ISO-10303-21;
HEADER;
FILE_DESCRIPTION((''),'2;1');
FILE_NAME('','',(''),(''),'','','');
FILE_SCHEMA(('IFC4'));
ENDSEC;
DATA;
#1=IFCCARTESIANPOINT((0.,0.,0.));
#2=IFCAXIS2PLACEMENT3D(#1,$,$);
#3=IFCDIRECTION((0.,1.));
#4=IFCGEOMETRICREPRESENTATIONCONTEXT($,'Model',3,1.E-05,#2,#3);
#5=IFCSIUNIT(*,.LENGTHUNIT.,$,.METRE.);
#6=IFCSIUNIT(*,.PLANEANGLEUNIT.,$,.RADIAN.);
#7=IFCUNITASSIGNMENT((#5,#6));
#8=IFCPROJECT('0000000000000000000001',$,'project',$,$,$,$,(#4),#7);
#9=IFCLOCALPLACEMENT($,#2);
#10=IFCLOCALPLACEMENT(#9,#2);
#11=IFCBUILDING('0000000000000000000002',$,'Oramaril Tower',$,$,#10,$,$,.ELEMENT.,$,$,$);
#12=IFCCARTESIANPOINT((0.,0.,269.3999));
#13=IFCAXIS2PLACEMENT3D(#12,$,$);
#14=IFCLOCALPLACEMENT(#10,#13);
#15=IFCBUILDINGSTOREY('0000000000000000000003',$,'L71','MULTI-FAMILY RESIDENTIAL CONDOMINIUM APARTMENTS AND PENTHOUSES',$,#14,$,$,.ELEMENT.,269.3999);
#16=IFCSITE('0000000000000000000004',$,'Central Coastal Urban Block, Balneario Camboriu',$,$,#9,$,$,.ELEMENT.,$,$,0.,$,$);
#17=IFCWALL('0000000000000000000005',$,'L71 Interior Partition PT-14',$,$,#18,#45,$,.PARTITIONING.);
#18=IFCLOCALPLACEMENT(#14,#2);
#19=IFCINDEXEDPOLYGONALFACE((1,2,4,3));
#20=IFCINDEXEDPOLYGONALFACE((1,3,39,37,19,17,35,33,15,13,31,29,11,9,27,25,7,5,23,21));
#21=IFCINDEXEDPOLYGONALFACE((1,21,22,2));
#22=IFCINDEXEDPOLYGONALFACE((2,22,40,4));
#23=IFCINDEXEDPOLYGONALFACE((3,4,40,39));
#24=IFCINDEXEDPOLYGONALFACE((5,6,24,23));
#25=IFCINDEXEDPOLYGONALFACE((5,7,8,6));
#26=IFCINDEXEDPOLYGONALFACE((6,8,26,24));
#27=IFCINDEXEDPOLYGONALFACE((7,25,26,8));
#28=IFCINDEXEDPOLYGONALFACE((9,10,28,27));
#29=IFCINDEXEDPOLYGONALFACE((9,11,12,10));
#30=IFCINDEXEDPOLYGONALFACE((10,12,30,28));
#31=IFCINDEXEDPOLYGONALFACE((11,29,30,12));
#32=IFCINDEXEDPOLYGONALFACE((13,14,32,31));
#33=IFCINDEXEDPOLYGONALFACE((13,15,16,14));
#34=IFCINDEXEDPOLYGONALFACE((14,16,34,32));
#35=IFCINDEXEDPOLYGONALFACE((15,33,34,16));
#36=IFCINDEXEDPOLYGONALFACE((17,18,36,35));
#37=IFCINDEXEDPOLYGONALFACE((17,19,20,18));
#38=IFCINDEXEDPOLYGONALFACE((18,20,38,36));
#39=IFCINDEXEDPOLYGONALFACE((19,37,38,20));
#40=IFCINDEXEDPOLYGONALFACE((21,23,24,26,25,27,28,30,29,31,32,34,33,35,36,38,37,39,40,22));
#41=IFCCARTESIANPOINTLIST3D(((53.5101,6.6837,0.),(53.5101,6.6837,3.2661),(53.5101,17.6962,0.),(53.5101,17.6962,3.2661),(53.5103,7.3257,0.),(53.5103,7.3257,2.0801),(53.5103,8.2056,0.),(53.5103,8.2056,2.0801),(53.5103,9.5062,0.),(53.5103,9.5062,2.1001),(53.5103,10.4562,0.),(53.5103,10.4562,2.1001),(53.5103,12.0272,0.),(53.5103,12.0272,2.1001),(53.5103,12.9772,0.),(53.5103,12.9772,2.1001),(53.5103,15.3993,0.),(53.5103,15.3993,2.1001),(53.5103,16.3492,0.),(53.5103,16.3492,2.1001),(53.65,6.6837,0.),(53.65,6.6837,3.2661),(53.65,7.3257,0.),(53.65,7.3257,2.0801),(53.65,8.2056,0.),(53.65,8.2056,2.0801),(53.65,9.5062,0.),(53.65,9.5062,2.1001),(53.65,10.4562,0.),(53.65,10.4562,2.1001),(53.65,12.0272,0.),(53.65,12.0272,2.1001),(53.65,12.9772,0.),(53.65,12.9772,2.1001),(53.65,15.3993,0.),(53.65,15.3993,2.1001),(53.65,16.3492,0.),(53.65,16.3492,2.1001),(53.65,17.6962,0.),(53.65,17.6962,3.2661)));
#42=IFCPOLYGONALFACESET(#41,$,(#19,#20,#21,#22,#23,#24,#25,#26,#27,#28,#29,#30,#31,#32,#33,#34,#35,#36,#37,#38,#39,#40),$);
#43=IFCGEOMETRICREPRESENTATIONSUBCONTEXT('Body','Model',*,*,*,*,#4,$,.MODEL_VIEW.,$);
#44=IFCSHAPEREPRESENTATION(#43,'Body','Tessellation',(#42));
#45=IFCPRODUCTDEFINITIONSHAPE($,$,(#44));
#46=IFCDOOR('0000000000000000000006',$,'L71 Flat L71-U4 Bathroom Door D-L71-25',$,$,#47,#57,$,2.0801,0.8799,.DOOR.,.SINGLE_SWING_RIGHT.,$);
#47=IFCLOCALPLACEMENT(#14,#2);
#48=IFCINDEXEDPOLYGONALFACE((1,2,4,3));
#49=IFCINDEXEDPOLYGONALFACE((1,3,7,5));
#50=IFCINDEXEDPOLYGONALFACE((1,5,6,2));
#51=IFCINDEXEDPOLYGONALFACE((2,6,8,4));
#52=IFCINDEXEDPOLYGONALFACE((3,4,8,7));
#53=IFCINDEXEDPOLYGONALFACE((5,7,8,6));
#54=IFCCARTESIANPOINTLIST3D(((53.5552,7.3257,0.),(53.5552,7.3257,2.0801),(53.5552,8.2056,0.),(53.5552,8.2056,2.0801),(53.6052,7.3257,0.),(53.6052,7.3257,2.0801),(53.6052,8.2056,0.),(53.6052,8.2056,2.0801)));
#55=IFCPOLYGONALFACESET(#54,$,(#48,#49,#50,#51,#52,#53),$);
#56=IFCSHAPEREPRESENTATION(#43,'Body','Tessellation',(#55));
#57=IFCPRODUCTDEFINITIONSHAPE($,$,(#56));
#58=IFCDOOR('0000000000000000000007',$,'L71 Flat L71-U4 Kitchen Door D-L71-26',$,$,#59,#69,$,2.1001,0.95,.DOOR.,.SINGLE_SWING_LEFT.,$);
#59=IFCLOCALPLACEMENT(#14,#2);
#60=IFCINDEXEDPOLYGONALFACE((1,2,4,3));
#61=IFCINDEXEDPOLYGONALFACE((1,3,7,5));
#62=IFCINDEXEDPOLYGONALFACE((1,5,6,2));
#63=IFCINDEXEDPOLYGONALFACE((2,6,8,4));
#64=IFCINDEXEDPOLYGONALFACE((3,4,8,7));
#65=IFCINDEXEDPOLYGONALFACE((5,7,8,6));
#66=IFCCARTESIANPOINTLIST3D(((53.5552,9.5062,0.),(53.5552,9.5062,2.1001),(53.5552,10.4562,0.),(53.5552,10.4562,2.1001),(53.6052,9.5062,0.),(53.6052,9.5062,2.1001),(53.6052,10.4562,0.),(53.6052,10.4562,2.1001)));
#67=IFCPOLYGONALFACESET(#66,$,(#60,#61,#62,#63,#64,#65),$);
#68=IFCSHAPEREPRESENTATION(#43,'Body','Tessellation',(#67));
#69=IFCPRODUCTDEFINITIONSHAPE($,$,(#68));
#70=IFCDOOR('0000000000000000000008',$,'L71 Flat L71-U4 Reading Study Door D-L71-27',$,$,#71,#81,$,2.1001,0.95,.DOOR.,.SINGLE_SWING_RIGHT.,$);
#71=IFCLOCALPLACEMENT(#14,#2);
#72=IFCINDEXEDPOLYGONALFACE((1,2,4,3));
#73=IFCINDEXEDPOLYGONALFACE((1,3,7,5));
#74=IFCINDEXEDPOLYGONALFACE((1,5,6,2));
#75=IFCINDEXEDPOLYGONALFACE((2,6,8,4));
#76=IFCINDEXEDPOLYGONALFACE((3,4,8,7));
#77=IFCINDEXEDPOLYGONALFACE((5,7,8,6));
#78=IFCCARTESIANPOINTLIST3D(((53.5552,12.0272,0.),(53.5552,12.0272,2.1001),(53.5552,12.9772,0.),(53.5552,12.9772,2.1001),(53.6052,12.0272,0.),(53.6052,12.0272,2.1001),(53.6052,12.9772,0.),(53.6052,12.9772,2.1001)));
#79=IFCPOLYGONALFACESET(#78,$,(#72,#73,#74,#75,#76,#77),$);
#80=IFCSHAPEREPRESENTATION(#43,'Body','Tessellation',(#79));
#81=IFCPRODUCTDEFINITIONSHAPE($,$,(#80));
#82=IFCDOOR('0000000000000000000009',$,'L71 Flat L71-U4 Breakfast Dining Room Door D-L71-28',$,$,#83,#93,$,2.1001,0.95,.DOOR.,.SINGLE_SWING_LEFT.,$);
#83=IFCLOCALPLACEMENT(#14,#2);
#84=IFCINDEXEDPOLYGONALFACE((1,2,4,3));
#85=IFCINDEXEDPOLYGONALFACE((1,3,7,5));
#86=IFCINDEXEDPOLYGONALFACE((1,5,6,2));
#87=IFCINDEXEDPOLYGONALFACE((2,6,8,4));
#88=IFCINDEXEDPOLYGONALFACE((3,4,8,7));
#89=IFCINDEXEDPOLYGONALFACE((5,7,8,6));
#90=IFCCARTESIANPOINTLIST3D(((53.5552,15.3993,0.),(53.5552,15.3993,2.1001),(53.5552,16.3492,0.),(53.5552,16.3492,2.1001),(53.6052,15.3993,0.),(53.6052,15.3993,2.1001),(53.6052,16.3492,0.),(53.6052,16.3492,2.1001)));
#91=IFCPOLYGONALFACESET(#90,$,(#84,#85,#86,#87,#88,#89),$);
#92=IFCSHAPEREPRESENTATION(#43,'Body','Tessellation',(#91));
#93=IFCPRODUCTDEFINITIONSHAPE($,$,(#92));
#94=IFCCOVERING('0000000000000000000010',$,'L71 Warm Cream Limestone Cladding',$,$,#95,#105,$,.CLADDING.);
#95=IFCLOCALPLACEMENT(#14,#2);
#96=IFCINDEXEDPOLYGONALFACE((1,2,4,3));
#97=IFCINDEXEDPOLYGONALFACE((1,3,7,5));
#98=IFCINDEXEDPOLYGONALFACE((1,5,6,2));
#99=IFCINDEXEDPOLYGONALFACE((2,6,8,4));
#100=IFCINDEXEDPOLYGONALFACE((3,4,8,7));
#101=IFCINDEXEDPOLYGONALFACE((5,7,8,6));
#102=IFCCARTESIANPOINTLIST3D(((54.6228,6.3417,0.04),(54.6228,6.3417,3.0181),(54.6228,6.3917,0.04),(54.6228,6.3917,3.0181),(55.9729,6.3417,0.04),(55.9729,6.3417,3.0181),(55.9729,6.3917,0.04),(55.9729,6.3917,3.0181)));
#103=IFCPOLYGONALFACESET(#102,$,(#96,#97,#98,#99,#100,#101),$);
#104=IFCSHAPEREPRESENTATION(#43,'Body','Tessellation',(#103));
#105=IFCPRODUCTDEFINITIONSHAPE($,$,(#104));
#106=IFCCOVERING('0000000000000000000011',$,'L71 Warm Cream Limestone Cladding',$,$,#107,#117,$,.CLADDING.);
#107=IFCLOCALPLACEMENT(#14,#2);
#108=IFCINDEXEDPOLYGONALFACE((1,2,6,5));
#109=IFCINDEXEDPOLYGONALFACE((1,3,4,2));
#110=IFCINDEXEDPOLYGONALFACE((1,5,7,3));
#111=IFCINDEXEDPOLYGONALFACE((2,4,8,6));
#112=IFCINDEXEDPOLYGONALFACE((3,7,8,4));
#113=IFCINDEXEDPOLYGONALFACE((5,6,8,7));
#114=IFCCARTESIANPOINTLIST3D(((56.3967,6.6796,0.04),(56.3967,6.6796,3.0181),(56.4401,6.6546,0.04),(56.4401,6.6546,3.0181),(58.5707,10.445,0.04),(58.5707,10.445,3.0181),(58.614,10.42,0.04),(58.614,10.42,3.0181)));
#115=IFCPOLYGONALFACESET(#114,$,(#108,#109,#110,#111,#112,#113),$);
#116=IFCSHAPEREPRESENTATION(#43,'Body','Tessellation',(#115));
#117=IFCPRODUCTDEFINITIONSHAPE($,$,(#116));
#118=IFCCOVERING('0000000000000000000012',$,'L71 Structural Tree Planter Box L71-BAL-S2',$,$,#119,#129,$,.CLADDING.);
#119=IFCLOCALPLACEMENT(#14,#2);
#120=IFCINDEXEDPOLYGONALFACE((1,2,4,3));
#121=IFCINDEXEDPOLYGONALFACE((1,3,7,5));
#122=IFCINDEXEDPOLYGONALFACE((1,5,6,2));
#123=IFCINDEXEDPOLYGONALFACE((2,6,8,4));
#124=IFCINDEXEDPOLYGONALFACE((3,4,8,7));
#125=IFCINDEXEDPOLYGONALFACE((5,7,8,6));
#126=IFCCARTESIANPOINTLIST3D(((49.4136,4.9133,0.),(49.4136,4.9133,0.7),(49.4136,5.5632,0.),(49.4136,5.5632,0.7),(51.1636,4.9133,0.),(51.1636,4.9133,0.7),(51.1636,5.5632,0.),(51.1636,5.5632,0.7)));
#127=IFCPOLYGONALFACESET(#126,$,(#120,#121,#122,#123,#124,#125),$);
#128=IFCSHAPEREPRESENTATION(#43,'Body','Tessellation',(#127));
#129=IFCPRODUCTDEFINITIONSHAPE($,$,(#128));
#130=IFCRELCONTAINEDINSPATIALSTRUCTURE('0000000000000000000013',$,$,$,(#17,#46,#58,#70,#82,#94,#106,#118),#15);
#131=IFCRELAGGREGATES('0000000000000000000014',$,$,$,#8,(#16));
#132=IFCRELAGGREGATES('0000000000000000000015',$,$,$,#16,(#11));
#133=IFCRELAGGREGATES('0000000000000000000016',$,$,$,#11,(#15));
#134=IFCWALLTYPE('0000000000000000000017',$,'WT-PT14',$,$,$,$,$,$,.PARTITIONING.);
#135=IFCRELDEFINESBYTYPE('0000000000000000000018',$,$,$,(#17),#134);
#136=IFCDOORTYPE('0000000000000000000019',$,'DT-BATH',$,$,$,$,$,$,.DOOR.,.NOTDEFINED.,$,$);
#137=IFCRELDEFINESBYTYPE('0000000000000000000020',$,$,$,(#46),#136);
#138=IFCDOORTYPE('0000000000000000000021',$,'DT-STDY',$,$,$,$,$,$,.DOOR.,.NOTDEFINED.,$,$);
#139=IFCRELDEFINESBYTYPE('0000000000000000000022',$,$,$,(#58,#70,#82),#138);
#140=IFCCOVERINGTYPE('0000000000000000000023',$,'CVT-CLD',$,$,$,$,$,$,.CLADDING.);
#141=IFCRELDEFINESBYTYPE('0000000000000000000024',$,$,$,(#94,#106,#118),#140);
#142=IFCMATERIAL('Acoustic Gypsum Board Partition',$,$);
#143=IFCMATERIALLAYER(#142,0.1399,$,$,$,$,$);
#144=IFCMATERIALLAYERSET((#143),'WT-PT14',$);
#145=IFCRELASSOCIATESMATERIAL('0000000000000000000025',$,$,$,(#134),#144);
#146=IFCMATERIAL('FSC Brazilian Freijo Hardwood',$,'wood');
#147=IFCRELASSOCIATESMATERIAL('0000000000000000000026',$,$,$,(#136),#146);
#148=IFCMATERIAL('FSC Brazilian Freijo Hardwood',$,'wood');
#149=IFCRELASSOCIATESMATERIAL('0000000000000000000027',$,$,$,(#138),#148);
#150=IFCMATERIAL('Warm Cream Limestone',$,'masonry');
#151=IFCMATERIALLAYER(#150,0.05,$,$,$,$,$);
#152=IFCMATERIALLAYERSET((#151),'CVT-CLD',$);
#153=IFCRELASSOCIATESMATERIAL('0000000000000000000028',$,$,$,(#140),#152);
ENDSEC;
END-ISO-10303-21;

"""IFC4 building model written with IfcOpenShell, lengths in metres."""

from ifc_helpers import new_model, si_unit, direction, frame, frame_2d, origin, origin_2d, place, context, subcontext, project, spatial, rectangle, extrude, material, layer, layer_set, type_object, element, fill, save


model = new_model("IFC4")

# Units and contexts
model_context = context("Model", 3, precision=1e-05, world=origin(), true_north=direction((0.0, 1.0)))
body_context = subcontext(model_context, "Body", "Model", "MODEL_VIEW")
ifc_project = project(units=[si_unit("LENGTHUNIT", "METRE"), si_unit("PLANEANGLEUNIT", "RADIAN")], contexts=[model_context])

# Site, building, storey
site_placement = place(None, origin())
site = spatial("IfcSite", under=ifc_project, at=site_placement, Name="Central Coastal Urban Block, Balneario Camboriu", CompositionType="ELEMENT", RefElevation=0.0)
building_placement = place(site_placement, origin())
building = spatial("IfcBuilding", under=site, at=building_placement, Name="Oramaril Tower", CompositionType="ELEMENT")
storey_placement = place(building_placement, frame((0.0, 0.0, 269.3999)))
storey = spatial("IfcBuildingStorey", under=building, at=storey_placement, Name="L71", Description="MULTI-FAMILY RESIDENTIAL CONDOMINIUM APARTMENTS AND PENTHOUSES", CompositionType="ELEMENT", Elevation=269.3999)

# Wall, openings, doors
ifc_material_1 = material(Name="Acoustic Gypsum Board Partition")
ifc_layer_1 = layer(ifc_material_1, 0.1399)
ifc_layer_set_1 = layer_set([ifc_layer_1], Name="WT-PT14")
wall_type_1 = type_object("IfcWallType", Name="WT-PT14", PredefinedType="PARTITIONING", material=ifc_layer_set_1)
wall_1_placement = place(storey_placement, frame((53.5801, 6.6836, 0.0), z_axis=(0.0, 0.0, 1.0), x_axis=(0.0, 1.0, 0.0)))
wall_1 = element("IfcWall", 1, at=wall_1_placement, inside=storey, type_object=wall_type_1, Name="L71 Interior Partition PT-14", PredefinedType="PARTITIONING", context=body_context, shape_type="SweptSolid", body=[
    extrude(rectangle(XDim=11.0125, YDim=0.1399, at=frame_2d((5.5063, 0.0))), origin(), (0.0, 0.0, 1.0), 3.2661),
])
opening_1_placement = place(wall_1_placement, frame((0.6421, 0.0, 0.0)))
opening_1 = element("IfcOpeningElement", 2, at=opening_1_placement, cuts=wall_1, PredefinedType="OPENING", context=body_context, shape_type="SweptSolid", body=[
    extrude(rectangle(XDim=0.8799, YDim=2.0801, at=frame_2d((0.4399, 1.04))), frame((0.0, 0.0698, 0.0), z_axis=(0.0, -1.0, 0.0), x_axis=(1.0, 0.0, 0.0)), (0.0, 0.0, 1.0), 0.1399),
])
opening_2_placement = place(wall_1_placement, frame((2.8225, 0.0, 0.0)))
opening_2 = element("IfcOpeningElement", 3, at=opening_2_placement, cuts=wall_1, PredefinedType="OPENING", context=body_context, shape_type="SweptSolid", body=[
    extrude(rectangle(XDim=0.95, YDim=2.1001, at=frame_2d((0.4751, 1.05))), frame((0.0, 0.0698, 0.0), z_axis=(0.0, -1.0, 0.0), x_axis=(1.0, 0.0, 0.0)), (0.0, 0.0, 1.0), 0.1399),
])
opening_3_placement = place(wall_1_placement, frame((5.3435, 0.0, 0.0)))
opening_3 = element("IfcOpeningElement", 4, at=opening_3_placement, cuts=wall_1, PredefinedType="OPENING", context=body_context, shape_type="SweptSolid", body=[
    extrude(rectangle(XDim=0.95, YDim=2.1001, at=frame_2d((0.4751, 1.05))), frame((0.0, 0.0698, 0.0), z_axis=(0.0, -1.0, 0.0), x_axis=(1.0, 0.0, 0.0)), (0.0, 0.0, 1.0), 0.1399),
])
opening_4_placement = place(wall_1_placement, frame((8.7156, 0.0, 0.0)))
opening_4 = element("IfcOpeningElement", 5, at=opening_4_placement, cuts=wall_1, PredefinedType="OPENING", context=body_context, shape_type="SweptSolid", body=[
    extrude(rectangle(XDim=0.95, YDim=2.1001, at=frame_2d((0.4751, 1.05))), frame((0.0, 0.0698, 0.0), z_axis=(0.0, -1.0, 0.0), x_axis=(1.0, 0.0, 0.0)), (0.0, 0.0, 1.0), 0.1399),
])
ifc_material_2 = material(Name="FSC Brazilian Freijo Hardwood", Category="wood")
door_type_1 = type_object("IfcDoorType", Name="DT-BATH", OperationType="NOTDEFINED", PredefinedType="DOOR", material=ifc_material_2)
door_1_placement = place(opening_1_placement, origin())
door_1 = element("IfcDoor", 6, at=door_1_placement, inside=storey, type_object=door_type_1, Name="L71 Flat L71-U4 Bathroom Door D-L71-25", OperationType="SINGLE_SWING_RIGHT", OverallHeight=2.0801, OverallWidth=0.8799, PredefinedType="DOOR", context=body_context, shape_type="SweptSolid", body=[
    extrude(rectangle(XDim=0.8799, YDim=2.0801, at=frame_2d((0.4399, 1.04))), frame((0.0, 0.0249, 0.0), z_axis=(0.0, -1.0, 0.0), x_axis=(1.0, 0.0, 0.0)), (0.0, 0.0, 1.0), 0.05),
])
fill(opening_1, door_1)
ifc_material_3 = material(Name="FSC Brazilian Freijo Hardwood", Category="wood")
door_type_2 = type_object("IfcDoorType", Name="DT-STDY", OperationType="NOTDEFINED", PredefinedType="DOOR", material=ifc_material_3)
door_2_placement = place(opening_2_placement, origin())
door_2 = element("IfcDoor", 7, at=door_2_placement, inside=storey, type_object=door_type_2, Name="L71 Flat L71-U4 Kitchen Door D-L71-26", OperationType="SINGLE_SWING_LEFT", OverallHeight=2.1001, OverallWidth=0.95, PredefinedType="DOOR", context=body_context, shape_type="SweptSolid", body=[
    extrude(rectangle(XDim=0.95, YDim=2.1001, at=frame_2d((0.4751, 1.05))), frame((0.0, 0.0249, 0.0), z_axis=(0.0, -1.0, 0.0), x_axis=(1.0, 0.0, 0.0)), (0.0, 0.0, 1.0), 0.05),
])
fill(opening_2, door_2)
door_3_placement = place(opening_3_placement, origin())
door_3 = element("IfcDoor", 8, at=door_3_placement, inside=storey, type_object=door_type_2, Name="L71 Flat L71-U4 Reading Study Door D-L71-27", OperationType="SINGLE_SWING_RIGHT", OverallHeight=2.1001, OverallWidth=0.95, PredefinedType="DOOR", context=body_context, shape_type="SweptSolid", body=[
    extrude(rectangle(XDim=0.95, YDim=2.1001, at=frame_2d((0.4751, 1.05))), frame((0.0, 0.0249, 0.0), z_axis=(0.0, -1.0, 0.0), x_axis=(1.0, 0.0, 0.0)), (0.0, 0.0, 1.0), 0.05),
])
fill(opening_3, door_3)
door_4_placement = place(opening_4_placement, origin())
door_4 = element("IfcDoor", 9, at=door_4_placement, inside=storey, type_object=door_type_2, Name="L71 Flat L71-U4 Breakfast Dining Room Door D-L71-28", OperationType="SINGLE_SWING_LEFT", OverallHeight=2.1001, OverallWidth=0.95, PredefinedType="DOOR", context=body_context, shape_type="SweptSolid", body=[
    extrude(rectangle(XDim=0.95, YDim=2.1001, at=frame_2d((0.4751, 1.05))), frame((0.0, 0.0249, 0.0), z_axis=(0.0, -1.0, 0.0), x_axis=(1.0, 0.0, 0.0)), (0.0, 0.0, 1.0), 0.05),
])
fill(opening_4, door_4)

# Coverings
ifc_material_4 = material(Name="Warm Cream Limestone", Category="masonry")
ifc_layer_2 = layer(ifc_material_4, 0.05)
ifc_layer_set_2 = layer_set([ifc_layer_2], Name="CVT-CLD")
covering_type = type_object("IfcCoveringType", Name="CVT-CLD", PredefinedType="CLADDING", material=ifc_layer_set_2)
covering_1_placement = place(storey_placement, frame((55.2979, 6.3667, 0.04), z_axis=(0.0, 0.0, 1.0), x_axis=(1.0, 0.0, 0.0)))
element("IfcCovering", 10, at=covering_1_placement, inside=storey, type_object=covering_type, Name="L71 Warm Cream Limestone Cladding", PredefinedType="CLADDING", context=body_context, shape_type="SweptSolid", body=[
    extrude(rectangle(XDim=1.3501, YDim=0.05, at=origin_2d()), origin(), (0.0, 0.0, 1.0), 2.978),
])
covering_2_placement = place(storey_placement, frame((57.5054, 8.5498, 0.04), z_axis=(0.0, 0.0, 1.0), x_axis=(0.499992, 0.86603, 0.0)))
element("IfcCovering", 11, at=covering_2_placement, inside=storey, type_object=covering_type, Name="L71 Warm Cream Limestone Cladding", PredefinedType="CLADDING", context=body_context, shape_type="SweptSolid", body=[
    extrude(rectangle(XDim=4.3479, YDim=0.05, at=origin_2d()), origin(), (0.0, 0.0, 1.0), 2.978),
])
covering_3_placement = place(storey_placement, frame((50.2886, 5.2383, 0.0), z_axis=(0.0, 0.0, 1.0), x_axis=(1.0, 0.0, 0.0)))
element("IfcCovering", 12, at=covering_3_placement, inside=storey, type_object=covering_type, Name="L71 Structural Tree Planter Box L71-BAL-S2", PredefinedType="CLADDING", context=body_context, shape_type="SweptSolid", body=[
    extrude(rectangle(XDim=1.75, YDim=0.6499, at=origin_2d()), origin(), (0.0, 0.0, 1.0), 0.7),
])

save(model, "model.ifc")
